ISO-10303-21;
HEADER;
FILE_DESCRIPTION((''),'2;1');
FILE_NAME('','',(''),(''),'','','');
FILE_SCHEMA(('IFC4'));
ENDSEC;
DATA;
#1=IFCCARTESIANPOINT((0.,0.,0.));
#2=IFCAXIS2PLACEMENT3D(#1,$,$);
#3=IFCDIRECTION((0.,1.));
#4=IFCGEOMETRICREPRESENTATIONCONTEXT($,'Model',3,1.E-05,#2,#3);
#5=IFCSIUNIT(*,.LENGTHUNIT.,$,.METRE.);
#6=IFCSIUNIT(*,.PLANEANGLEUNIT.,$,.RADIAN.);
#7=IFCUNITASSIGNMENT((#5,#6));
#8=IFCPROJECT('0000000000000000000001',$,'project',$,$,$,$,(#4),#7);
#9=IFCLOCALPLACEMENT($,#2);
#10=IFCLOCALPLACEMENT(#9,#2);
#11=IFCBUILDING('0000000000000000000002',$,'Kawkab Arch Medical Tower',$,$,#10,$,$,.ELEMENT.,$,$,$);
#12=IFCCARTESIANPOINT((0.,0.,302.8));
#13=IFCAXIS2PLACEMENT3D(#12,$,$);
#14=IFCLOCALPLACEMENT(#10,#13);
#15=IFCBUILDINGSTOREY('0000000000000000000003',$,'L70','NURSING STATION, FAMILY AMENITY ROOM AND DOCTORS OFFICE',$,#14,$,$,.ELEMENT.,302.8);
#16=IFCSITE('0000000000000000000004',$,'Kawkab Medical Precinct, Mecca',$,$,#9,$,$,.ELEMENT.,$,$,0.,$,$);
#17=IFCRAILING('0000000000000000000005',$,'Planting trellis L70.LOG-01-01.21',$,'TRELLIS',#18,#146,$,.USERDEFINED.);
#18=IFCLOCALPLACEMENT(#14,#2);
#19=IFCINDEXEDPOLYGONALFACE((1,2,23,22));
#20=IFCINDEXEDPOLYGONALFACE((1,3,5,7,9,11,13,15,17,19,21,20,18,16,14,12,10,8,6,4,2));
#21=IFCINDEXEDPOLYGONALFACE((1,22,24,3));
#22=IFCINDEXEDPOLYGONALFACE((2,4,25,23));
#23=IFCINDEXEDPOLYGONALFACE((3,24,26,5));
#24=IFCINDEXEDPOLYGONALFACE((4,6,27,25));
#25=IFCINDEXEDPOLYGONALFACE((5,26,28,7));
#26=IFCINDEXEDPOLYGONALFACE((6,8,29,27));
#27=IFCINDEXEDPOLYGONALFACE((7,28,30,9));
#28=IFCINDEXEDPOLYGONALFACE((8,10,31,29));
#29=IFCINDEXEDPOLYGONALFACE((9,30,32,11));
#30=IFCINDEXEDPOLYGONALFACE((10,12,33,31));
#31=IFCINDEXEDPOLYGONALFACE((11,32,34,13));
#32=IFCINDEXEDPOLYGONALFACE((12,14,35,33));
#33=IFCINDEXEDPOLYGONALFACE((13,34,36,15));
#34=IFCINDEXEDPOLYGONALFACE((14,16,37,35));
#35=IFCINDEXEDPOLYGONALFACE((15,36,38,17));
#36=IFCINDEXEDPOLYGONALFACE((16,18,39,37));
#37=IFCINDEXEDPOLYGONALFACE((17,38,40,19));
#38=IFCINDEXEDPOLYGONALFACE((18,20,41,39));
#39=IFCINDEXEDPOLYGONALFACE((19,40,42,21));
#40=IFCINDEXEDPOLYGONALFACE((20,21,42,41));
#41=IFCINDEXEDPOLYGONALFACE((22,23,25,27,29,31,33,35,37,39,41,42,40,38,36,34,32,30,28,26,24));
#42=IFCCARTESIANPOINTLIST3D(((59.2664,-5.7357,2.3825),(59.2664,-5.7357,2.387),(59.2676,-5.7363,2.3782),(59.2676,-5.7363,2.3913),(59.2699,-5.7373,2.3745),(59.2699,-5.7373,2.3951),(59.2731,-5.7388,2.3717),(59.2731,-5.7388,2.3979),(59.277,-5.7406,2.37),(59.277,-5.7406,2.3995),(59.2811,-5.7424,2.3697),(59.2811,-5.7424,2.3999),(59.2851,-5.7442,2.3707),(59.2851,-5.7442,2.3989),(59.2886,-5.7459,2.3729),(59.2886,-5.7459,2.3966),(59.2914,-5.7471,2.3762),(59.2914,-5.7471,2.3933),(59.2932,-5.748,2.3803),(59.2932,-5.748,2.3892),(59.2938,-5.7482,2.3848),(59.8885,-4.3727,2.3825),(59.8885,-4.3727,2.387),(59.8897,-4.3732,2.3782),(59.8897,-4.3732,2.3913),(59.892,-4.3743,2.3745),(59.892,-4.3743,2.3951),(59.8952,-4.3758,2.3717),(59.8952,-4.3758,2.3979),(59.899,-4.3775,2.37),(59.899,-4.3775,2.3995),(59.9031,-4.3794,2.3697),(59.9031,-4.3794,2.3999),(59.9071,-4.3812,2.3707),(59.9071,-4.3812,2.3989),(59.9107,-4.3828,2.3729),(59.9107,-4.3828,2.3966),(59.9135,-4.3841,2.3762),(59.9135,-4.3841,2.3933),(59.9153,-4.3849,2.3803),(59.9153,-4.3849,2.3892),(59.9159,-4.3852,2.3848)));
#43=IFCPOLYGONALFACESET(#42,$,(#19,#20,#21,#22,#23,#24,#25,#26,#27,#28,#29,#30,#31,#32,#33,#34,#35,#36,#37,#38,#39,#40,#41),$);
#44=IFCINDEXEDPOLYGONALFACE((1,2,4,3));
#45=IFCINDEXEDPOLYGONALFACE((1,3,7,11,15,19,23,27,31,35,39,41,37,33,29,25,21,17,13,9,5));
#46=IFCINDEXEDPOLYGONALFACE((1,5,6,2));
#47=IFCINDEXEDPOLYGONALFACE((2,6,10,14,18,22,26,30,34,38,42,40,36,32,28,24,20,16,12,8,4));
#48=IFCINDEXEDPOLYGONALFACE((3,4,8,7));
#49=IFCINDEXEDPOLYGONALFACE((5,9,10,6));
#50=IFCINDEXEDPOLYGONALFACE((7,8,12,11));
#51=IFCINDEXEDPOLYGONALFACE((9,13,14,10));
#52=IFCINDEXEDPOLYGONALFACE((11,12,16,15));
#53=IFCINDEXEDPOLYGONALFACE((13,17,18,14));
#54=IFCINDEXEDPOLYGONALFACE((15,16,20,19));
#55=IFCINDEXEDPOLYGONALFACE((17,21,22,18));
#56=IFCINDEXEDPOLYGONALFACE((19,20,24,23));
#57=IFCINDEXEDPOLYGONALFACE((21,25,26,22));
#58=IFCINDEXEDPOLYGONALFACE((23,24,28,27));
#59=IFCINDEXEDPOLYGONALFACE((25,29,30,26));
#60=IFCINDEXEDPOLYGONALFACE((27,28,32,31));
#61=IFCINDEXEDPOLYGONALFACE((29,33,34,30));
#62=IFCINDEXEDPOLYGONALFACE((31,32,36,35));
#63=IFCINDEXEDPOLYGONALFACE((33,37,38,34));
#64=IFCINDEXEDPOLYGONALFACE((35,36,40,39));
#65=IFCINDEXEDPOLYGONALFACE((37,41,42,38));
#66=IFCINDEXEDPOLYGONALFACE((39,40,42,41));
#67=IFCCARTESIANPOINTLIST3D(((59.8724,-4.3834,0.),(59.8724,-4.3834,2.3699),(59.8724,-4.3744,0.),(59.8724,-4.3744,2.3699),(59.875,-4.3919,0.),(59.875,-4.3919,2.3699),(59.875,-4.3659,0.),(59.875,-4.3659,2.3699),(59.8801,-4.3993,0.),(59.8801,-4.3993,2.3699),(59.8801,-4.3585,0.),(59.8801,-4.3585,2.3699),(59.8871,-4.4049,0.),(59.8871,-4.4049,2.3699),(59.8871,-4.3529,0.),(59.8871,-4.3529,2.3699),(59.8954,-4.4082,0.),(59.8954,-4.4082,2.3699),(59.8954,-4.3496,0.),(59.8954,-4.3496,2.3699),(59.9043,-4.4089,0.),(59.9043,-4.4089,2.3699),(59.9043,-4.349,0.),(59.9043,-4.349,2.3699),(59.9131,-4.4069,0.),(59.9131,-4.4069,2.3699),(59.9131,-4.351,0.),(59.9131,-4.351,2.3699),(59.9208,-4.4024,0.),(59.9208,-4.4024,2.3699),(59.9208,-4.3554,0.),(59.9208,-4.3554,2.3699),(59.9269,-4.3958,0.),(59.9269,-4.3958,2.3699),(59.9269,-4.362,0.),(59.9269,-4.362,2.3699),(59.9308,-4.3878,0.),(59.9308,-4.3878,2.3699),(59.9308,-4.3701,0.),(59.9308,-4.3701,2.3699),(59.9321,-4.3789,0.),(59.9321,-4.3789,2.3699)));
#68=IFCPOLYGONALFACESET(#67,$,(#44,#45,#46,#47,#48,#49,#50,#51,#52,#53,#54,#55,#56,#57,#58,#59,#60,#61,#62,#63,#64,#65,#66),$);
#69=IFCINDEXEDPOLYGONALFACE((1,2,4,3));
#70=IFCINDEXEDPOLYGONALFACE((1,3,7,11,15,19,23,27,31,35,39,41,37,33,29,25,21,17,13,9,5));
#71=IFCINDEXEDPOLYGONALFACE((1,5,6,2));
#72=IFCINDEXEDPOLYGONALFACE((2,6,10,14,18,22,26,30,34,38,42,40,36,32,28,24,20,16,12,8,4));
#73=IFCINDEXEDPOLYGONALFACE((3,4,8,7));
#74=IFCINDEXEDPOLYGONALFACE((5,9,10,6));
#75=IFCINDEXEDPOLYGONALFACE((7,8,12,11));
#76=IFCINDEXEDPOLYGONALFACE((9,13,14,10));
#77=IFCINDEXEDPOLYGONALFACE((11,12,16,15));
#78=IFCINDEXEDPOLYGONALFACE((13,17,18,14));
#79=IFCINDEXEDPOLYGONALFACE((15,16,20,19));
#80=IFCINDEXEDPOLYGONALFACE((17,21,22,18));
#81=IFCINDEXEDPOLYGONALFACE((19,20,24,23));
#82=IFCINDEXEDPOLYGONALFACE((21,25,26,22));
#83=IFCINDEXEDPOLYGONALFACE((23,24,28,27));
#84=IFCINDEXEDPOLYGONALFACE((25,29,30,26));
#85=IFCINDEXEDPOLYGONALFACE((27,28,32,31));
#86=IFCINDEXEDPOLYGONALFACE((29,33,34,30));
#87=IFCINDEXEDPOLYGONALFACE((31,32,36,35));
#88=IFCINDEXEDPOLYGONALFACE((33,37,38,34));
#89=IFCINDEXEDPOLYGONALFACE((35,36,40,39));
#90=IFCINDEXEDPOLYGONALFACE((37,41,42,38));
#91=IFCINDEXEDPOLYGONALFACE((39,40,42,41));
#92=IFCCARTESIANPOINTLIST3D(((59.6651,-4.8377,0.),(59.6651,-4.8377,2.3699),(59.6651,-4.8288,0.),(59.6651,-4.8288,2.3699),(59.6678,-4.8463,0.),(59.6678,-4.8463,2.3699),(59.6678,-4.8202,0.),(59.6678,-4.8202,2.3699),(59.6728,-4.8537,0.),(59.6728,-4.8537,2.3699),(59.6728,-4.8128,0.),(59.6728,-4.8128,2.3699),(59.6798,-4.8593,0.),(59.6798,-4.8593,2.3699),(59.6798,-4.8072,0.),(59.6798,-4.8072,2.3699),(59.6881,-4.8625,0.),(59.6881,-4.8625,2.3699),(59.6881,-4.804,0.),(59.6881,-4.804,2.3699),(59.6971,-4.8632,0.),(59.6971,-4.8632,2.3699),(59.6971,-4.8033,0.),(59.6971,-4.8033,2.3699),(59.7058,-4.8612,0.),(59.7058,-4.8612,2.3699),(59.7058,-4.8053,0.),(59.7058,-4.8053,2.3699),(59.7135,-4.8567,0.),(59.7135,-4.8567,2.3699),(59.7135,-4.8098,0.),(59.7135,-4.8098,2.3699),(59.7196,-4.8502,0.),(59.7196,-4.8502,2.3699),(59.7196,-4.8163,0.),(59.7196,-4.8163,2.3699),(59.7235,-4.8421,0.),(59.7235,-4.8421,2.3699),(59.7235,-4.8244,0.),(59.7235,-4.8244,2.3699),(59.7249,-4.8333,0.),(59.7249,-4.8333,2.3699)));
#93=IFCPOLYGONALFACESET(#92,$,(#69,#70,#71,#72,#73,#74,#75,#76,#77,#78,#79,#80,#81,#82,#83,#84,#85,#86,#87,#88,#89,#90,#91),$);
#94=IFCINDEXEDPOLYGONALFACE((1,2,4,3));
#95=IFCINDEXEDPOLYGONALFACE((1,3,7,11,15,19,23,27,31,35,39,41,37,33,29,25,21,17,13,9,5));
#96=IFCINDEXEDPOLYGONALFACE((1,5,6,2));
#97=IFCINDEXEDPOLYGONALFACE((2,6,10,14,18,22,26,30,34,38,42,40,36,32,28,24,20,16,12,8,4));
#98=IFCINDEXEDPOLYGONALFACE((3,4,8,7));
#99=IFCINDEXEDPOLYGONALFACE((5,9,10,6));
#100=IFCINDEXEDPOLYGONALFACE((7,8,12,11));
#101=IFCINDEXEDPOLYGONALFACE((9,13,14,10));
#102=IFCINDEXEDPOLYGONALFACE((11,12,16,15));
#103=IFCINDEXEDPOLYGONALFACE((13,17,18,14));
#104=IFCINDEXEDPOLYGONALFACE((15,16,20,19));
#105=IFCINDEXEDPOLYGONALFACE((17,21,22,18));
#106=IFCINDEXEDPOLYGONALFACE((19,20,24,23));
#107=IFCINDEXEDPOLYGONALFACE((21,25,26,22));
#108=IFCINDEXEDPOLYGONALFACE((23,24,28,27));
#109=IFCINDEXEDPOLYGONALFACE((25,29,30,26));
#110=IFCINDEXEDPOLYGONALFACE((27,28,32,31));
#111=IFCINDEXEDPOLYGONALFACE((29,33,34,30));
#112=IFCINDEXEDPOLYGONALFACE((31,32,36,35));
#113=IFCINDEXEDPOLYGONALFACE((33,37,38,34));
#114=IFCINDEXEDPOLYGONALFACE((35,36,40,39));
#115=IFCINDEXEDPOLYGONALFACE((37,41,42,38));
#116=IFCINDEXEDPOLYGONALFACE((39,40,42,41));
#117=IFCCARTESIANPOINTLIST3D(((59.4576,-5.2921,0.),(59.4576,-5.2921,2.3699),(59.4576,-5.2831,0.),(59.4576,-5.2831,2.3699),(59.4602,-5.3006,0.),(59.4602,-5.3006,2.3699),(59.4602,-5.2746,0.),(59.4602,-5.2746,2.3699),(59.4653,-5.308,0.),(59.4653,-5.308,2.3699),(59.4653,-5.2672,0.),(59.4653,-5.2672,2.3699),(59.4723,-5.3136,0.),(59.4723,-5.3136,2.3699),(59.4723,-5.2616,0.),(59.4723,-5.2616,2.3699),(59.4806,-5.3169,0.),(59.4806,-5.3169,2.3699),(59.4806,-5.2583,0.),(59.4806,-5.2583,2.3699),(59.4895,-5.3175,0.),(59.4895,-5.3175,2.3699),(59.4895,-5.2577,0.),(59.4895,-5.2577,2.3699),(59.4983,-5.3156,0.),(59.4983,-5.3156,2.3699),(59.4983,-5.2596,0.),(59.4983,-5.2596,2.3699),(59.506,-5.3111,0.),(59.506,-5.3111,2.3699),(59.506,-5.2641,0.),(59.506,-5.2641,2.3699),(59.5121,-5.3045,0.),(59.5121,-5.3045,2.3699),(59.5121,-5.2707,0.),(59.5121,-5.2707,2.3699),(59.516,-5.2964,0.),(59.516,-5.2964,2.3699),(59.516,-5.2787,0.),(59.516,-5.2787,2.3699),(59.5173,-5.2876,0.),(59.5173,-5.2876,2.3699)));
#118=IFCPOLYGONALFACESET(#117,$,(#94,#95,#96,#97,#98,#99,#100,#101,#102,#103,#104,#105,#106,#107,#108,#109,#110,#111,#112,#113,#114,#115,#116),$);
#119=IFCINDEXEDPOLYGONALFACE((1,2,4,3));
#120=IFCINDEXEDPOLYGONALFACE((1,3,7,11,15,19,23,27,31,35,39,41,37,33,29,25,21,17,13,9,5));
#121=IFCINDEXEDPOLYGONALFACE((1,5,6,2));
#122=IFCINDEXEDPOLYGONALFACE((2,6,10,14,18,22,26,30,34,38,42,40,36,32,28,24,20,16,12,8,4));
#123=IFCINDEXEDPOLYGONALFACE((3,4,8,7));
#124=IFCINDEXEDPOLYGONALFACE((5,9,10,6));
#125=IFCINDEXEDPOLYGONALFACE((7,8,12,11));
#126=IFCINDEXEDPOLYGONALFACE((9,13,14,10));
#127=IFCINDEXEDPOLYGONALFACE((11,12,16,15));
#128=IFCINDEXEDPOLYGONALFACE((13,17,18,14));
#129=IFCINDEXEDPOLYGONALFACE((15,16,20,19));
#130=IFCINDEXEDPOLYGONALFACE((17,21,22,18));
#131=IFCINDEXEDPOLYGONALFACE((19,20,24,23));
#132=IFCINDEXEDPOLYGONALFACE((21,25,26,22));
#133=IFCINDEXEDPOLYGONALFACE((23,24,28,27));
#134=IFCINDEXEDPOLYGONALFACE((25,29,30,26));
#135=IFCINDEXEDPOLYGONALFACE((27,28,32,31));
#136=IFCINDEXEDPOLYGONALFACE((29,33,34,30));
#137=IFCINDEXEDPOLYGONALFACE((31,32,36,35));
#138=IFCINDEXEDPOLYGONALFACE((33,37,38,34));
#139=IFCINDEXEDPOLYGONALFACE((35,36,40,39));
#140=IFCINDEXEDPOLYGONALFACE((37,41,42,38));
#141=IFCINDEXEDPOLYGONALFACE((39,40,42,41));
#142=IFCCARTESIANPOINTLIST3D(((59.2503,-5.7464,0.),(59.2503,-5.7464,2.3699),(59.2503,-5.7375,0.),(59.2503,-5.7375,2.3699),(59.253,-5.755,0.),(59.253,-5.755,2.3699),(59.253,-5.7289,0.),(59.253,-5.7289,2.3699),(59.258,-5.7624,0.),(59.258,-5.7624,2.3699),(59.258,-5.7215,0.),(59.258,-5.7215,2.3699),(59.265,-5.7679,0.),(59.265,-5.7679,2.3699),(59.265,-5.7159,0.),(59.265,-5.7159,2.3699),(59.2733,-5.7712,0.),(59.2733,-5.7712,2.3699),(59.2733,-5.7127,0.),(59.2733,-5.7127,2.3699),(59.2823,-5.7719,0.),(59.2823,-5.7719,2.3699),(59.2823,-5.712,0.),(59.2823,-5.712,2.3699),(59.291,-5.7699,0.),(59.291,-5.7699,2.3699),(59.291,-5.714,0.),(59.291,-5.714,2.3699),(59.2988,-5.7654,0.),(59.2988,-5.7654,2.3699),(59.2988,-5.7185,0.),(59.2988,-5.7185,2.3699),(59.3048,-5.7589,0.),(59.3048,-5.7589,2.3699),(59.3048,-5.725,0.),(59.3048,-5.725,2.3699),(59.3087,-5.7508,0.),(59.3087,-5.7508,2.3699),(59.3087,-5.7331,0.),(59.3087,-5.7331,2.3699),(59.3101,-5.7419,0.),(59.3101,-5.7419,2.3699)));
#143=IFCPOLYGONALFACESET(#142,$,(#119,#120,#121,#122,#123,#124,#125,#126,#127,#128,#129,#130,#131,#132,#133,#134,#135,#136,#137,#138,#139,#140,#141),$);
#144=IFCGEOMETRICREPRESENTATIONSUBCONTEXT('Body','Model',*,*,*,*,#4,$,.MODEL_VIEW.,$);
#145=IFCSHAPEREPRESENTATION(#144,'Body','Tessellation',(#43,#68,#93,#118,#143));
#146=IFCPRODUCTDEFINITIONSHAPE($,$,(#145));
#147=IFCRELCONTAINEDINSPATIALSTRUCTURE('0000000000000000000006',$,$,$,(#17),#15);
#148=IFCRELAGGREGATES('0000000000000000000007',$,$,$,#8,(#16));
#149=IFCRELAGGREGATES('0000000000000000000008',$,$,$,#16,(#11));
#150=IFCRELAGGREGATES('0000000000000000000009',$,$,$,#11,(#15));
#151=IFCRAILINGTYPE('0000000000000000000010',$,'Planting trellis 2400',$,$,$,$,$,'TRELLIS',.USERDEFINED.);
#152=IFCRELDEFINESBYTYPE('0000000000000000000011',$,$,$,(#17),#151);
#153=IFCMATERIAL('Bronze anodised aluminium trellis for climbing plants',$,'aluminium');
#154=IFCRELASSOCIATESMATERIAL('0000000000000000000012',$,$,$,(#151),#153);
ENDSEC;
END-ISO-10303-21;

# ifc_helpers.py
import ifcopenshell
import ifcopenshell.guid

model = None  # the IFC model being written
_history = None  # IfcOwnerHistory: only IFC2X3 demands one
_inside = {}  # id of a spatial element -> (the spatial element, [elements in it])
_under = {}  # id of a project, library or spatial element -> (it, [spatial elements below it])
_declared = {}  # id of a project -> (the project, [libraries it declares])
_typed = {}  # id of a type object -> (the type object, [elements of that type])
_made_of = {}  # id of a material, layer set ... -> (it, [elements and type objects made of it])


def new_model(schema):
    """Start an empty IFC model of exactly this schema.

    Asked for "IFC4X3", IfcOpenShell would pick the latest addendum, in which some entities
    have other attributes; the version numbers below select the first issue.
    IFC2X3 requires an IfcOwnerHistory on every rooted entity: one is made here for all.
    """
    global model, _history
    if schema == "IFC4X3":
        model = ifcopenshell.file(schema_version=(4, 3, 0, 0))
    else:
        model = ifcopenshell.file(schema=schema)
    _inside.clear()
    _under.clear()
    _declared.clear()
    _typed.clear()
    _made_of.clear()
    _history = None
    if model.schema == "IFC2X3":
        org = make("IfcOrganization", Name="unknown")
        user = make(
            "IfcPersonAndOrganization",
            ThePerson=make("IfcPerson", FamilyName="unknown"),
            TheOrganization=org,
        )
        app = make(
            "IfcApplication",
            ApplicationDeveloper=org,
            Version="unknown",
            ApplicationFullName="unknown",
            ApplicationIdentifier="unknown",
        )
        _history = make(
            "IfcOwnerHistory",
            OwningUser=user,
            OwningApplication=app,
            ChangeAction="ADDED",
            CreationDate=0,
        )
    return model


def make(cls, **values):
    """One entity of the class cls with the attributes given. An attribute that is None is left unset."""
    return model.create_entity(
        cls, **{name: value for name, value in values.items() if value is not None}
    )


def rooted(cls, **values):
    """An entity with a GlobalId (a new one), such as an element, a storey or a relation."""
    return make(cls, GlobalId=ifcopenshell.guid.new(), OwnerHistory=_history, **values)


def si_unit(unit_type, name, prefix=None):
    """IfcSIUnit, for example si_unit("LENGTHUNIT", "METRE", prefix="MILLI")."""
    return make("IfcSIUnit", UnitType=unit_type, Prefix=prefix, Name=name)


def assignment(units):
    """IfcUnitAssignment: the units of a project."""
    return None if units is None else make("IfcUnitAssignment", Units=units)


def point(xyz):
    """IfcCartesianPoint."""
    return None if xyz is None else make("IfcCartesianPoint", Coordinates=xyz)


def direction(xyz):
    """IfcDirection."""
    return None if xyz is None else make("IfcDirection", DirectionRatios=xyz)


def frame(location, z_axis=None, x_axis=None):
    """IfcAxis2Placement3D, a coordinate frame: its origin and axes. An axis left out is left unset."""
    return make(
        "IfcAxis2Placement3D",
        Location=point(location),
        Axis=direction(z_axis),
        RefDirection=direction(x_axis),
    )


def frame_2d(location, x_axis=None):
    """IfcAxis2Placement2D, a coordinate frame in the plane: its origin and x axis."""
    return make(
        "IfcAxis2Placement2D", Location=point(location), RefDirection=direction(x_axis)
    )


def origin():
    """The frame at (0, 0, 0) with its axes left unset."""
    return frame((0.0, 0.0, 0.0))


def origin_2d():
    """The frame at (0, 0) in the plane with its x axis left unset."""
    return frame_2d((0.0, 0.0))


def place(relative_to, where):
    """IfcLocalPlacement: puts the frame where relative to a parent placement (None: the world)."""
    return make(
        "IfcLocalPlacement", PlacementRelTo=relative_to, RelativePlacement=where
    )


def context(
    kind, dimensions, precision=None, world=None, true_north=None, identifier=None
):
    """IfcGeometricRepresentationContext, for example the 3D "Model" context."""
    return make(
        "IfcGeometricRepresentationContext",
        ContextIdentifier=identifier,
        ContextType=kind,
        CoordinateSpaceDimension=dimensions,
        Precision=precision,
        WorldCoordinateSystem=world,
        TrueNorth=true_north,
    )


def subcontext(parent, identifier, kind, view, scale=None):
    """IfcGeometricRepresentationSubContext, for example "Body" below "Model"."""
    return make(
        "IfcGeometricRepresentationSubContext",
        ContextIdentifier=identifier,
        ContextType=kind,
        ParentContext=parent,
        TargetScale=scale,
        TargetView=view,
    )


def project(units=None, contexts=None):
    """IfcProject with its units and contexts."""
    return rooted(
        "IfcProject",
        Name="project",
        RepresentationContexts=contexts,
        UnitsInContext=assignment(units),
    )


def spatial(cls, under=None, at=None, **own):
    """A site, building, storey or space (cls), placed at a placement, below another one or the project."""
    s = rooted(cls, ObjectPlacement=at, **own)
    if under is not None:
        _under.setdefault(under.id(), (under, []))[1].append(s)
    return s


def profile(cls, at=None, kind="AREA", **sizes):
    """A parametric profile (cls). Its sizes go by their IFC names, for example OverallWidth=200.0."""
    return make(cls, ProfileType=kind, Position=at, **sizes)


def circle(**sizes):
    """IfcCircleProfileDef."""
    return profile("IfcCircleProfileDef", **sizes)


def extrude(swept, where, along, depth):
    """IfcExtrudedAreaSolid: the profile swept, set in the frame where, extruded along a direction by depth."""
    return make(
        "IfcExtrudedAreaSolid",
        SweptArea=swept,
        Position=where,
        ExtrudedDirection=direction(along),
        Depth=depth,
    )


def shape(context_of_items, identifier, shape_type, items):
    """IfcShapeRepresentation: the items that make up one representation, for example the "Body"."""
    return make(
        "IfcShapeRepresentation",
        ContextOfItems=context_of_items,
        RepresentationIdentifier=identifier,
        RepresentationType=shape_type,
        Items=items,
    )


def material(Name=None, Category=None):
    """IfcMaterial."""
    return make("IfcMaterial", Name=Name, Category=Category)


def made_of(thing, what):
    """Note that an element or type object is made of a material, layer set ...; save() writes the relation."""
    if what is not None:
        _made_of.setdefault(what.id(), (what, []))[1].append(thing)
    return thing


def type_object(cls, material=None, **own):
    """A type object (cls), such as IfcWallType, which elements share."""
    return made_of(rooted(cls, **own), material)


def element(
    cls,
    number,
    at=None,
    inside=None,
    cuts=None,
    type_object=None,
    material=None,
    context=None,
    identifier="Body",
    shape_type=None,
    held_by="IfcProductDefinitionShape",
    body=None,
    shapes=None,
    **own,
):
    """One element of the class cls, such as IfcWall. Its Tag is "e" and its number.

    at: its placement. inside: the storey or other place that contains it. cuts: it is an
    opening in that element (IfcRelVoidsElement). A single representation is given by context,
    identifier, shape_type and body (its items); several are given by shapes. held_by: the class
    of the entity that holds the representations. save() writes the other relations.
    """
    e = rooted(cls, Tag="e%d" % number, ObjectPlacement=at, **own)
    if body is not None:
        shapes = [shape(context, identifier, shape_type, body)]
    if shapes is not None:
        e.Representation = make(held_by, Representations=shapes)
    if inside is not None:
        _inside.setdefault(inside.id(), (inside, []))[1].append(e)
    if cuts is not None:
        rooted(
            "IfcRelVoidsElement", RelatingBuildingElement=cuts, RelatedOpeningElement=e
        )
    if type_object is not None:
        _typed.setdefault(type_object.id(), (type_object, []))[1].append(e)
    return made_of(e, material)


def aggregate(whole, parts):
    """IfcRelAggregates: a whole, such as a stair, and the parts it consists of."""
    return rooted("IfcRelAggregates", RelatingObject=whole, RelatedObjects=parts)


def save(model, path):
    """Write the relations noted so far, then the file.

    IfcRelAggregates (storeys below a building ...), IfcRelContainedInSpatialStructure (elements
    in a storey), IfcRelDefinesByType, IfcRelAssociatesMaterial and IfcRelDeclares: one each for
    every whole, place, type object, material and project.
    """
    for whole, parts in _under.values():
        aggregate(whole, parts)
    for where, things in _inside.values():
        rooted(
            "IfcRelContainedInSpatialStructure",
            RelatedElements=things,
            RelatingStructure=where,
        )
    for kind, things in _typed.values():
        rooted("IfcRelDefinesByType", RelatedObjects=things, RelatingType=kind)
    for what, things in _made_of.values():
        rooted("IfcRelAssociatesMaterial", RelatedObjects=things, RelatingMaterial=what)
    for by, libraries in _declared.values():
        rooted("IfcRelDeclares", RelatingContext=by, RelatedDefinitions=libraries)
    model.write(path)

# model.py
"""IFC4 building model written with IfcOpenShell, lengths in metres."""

from ifc_helpers import new_model, si_unit, direction, frame, origin, origin_2d, place, context, subcontext, project, spatial, circle, extrude, material, type_object, element, save


model = new_model("IFC4")

# Units and contexts
model_context = context("Model", 3, precision=1e-05, world=origin(), true_north=direction((0.0, 1.0)))
body_context = subcontext(model_context, "Body", "Model", "MODEL_VIEW")
ifc_project = project(units=[si_unit("LENGTHUNIT", "METRE"), si_unit("PLANEANGLEUNIT", "RADIAN")], contexts=[model_context])

# Site, building, storey
site_placement = place(None, origin())
site = spatial("IfcSite", under=ifc_project, at=site_placement, Name="Kawkab Medical Precinct, Mecca", CompositionType="ELEMENT", RefElevation=0.0)
building_placement = place(site_placement, origin())
building = spatial("IfcBuilding", under=site, at=building_placement, Name="Kawkab Arch Medical Tower", CompositionType="ELEMENT")
storey_placement = place(building_placement, frame((0.0, 0.0, 302.8)))
storey = spatial("IfcBuildingStorey", under=building, at=storey_placement, Name="L70", Description="NURSING STATION, FAMILY AMENITY ROOM AND DOCTORS OFFICE", CompositionType="ELEMENT", Elevation=302.8)

# Railing
ifc_material_1 = material(Name="Bronze anodised aluminium trellis for climbing plants", Category="aluminium")
railing_type = type_object("IfcRailingType", Name="Planting trellis 2400", ElementType="TRELLIS", PredefinedType="USERDEFINED", material=ifc_material_1)
railing_1_placement = place(storey_placement, frame((59.9021, -4.3789, 0.0)))
element("IfcRailing", 1, at=railing_1_placement, inside=storey, type_object=railing_type, Name="Planting trellis L70.LOG-01-01.21", ObjectType="TRELLIS", PredefinedType="USERDEFINED", context=body_context, shape_type="SweptSolid", body=[
    extrude(circle(Radius=0.0151, at=origin_2d()), frame((0.0, 0.0, 2.3848), z_axis=(-0.41519, -0.909735, 0.0), x_axis=(0.909735, -0.41519, 0.0)), (0.0, 0.0, 1.0), 1.4983),
    extrude(circle(Radius=0.03, at=origin_2d()), origin(), (0.0, 0.0, 1.0), 2.3699),
    extrude(circle(Radius=0.03, at=origin_2d()), frame((-0.2073, -0.4543, 0.0)), (0.0, 0.0, 1.0), 2.3699),
    extrude(circle(Radius=0.03, at=origin_2d()), frame((-0.4148, -0.9087, 0.0)), (0.0, 0.0, 1.0), 2.3699),
    extrude(circle(Radius=0.03, at=origin_2d()), frame((-0.6221, -1.363, 0.0)), (0.0, 0.0, 1.0), 2.3699),
])

save(model, "model.ifc")
